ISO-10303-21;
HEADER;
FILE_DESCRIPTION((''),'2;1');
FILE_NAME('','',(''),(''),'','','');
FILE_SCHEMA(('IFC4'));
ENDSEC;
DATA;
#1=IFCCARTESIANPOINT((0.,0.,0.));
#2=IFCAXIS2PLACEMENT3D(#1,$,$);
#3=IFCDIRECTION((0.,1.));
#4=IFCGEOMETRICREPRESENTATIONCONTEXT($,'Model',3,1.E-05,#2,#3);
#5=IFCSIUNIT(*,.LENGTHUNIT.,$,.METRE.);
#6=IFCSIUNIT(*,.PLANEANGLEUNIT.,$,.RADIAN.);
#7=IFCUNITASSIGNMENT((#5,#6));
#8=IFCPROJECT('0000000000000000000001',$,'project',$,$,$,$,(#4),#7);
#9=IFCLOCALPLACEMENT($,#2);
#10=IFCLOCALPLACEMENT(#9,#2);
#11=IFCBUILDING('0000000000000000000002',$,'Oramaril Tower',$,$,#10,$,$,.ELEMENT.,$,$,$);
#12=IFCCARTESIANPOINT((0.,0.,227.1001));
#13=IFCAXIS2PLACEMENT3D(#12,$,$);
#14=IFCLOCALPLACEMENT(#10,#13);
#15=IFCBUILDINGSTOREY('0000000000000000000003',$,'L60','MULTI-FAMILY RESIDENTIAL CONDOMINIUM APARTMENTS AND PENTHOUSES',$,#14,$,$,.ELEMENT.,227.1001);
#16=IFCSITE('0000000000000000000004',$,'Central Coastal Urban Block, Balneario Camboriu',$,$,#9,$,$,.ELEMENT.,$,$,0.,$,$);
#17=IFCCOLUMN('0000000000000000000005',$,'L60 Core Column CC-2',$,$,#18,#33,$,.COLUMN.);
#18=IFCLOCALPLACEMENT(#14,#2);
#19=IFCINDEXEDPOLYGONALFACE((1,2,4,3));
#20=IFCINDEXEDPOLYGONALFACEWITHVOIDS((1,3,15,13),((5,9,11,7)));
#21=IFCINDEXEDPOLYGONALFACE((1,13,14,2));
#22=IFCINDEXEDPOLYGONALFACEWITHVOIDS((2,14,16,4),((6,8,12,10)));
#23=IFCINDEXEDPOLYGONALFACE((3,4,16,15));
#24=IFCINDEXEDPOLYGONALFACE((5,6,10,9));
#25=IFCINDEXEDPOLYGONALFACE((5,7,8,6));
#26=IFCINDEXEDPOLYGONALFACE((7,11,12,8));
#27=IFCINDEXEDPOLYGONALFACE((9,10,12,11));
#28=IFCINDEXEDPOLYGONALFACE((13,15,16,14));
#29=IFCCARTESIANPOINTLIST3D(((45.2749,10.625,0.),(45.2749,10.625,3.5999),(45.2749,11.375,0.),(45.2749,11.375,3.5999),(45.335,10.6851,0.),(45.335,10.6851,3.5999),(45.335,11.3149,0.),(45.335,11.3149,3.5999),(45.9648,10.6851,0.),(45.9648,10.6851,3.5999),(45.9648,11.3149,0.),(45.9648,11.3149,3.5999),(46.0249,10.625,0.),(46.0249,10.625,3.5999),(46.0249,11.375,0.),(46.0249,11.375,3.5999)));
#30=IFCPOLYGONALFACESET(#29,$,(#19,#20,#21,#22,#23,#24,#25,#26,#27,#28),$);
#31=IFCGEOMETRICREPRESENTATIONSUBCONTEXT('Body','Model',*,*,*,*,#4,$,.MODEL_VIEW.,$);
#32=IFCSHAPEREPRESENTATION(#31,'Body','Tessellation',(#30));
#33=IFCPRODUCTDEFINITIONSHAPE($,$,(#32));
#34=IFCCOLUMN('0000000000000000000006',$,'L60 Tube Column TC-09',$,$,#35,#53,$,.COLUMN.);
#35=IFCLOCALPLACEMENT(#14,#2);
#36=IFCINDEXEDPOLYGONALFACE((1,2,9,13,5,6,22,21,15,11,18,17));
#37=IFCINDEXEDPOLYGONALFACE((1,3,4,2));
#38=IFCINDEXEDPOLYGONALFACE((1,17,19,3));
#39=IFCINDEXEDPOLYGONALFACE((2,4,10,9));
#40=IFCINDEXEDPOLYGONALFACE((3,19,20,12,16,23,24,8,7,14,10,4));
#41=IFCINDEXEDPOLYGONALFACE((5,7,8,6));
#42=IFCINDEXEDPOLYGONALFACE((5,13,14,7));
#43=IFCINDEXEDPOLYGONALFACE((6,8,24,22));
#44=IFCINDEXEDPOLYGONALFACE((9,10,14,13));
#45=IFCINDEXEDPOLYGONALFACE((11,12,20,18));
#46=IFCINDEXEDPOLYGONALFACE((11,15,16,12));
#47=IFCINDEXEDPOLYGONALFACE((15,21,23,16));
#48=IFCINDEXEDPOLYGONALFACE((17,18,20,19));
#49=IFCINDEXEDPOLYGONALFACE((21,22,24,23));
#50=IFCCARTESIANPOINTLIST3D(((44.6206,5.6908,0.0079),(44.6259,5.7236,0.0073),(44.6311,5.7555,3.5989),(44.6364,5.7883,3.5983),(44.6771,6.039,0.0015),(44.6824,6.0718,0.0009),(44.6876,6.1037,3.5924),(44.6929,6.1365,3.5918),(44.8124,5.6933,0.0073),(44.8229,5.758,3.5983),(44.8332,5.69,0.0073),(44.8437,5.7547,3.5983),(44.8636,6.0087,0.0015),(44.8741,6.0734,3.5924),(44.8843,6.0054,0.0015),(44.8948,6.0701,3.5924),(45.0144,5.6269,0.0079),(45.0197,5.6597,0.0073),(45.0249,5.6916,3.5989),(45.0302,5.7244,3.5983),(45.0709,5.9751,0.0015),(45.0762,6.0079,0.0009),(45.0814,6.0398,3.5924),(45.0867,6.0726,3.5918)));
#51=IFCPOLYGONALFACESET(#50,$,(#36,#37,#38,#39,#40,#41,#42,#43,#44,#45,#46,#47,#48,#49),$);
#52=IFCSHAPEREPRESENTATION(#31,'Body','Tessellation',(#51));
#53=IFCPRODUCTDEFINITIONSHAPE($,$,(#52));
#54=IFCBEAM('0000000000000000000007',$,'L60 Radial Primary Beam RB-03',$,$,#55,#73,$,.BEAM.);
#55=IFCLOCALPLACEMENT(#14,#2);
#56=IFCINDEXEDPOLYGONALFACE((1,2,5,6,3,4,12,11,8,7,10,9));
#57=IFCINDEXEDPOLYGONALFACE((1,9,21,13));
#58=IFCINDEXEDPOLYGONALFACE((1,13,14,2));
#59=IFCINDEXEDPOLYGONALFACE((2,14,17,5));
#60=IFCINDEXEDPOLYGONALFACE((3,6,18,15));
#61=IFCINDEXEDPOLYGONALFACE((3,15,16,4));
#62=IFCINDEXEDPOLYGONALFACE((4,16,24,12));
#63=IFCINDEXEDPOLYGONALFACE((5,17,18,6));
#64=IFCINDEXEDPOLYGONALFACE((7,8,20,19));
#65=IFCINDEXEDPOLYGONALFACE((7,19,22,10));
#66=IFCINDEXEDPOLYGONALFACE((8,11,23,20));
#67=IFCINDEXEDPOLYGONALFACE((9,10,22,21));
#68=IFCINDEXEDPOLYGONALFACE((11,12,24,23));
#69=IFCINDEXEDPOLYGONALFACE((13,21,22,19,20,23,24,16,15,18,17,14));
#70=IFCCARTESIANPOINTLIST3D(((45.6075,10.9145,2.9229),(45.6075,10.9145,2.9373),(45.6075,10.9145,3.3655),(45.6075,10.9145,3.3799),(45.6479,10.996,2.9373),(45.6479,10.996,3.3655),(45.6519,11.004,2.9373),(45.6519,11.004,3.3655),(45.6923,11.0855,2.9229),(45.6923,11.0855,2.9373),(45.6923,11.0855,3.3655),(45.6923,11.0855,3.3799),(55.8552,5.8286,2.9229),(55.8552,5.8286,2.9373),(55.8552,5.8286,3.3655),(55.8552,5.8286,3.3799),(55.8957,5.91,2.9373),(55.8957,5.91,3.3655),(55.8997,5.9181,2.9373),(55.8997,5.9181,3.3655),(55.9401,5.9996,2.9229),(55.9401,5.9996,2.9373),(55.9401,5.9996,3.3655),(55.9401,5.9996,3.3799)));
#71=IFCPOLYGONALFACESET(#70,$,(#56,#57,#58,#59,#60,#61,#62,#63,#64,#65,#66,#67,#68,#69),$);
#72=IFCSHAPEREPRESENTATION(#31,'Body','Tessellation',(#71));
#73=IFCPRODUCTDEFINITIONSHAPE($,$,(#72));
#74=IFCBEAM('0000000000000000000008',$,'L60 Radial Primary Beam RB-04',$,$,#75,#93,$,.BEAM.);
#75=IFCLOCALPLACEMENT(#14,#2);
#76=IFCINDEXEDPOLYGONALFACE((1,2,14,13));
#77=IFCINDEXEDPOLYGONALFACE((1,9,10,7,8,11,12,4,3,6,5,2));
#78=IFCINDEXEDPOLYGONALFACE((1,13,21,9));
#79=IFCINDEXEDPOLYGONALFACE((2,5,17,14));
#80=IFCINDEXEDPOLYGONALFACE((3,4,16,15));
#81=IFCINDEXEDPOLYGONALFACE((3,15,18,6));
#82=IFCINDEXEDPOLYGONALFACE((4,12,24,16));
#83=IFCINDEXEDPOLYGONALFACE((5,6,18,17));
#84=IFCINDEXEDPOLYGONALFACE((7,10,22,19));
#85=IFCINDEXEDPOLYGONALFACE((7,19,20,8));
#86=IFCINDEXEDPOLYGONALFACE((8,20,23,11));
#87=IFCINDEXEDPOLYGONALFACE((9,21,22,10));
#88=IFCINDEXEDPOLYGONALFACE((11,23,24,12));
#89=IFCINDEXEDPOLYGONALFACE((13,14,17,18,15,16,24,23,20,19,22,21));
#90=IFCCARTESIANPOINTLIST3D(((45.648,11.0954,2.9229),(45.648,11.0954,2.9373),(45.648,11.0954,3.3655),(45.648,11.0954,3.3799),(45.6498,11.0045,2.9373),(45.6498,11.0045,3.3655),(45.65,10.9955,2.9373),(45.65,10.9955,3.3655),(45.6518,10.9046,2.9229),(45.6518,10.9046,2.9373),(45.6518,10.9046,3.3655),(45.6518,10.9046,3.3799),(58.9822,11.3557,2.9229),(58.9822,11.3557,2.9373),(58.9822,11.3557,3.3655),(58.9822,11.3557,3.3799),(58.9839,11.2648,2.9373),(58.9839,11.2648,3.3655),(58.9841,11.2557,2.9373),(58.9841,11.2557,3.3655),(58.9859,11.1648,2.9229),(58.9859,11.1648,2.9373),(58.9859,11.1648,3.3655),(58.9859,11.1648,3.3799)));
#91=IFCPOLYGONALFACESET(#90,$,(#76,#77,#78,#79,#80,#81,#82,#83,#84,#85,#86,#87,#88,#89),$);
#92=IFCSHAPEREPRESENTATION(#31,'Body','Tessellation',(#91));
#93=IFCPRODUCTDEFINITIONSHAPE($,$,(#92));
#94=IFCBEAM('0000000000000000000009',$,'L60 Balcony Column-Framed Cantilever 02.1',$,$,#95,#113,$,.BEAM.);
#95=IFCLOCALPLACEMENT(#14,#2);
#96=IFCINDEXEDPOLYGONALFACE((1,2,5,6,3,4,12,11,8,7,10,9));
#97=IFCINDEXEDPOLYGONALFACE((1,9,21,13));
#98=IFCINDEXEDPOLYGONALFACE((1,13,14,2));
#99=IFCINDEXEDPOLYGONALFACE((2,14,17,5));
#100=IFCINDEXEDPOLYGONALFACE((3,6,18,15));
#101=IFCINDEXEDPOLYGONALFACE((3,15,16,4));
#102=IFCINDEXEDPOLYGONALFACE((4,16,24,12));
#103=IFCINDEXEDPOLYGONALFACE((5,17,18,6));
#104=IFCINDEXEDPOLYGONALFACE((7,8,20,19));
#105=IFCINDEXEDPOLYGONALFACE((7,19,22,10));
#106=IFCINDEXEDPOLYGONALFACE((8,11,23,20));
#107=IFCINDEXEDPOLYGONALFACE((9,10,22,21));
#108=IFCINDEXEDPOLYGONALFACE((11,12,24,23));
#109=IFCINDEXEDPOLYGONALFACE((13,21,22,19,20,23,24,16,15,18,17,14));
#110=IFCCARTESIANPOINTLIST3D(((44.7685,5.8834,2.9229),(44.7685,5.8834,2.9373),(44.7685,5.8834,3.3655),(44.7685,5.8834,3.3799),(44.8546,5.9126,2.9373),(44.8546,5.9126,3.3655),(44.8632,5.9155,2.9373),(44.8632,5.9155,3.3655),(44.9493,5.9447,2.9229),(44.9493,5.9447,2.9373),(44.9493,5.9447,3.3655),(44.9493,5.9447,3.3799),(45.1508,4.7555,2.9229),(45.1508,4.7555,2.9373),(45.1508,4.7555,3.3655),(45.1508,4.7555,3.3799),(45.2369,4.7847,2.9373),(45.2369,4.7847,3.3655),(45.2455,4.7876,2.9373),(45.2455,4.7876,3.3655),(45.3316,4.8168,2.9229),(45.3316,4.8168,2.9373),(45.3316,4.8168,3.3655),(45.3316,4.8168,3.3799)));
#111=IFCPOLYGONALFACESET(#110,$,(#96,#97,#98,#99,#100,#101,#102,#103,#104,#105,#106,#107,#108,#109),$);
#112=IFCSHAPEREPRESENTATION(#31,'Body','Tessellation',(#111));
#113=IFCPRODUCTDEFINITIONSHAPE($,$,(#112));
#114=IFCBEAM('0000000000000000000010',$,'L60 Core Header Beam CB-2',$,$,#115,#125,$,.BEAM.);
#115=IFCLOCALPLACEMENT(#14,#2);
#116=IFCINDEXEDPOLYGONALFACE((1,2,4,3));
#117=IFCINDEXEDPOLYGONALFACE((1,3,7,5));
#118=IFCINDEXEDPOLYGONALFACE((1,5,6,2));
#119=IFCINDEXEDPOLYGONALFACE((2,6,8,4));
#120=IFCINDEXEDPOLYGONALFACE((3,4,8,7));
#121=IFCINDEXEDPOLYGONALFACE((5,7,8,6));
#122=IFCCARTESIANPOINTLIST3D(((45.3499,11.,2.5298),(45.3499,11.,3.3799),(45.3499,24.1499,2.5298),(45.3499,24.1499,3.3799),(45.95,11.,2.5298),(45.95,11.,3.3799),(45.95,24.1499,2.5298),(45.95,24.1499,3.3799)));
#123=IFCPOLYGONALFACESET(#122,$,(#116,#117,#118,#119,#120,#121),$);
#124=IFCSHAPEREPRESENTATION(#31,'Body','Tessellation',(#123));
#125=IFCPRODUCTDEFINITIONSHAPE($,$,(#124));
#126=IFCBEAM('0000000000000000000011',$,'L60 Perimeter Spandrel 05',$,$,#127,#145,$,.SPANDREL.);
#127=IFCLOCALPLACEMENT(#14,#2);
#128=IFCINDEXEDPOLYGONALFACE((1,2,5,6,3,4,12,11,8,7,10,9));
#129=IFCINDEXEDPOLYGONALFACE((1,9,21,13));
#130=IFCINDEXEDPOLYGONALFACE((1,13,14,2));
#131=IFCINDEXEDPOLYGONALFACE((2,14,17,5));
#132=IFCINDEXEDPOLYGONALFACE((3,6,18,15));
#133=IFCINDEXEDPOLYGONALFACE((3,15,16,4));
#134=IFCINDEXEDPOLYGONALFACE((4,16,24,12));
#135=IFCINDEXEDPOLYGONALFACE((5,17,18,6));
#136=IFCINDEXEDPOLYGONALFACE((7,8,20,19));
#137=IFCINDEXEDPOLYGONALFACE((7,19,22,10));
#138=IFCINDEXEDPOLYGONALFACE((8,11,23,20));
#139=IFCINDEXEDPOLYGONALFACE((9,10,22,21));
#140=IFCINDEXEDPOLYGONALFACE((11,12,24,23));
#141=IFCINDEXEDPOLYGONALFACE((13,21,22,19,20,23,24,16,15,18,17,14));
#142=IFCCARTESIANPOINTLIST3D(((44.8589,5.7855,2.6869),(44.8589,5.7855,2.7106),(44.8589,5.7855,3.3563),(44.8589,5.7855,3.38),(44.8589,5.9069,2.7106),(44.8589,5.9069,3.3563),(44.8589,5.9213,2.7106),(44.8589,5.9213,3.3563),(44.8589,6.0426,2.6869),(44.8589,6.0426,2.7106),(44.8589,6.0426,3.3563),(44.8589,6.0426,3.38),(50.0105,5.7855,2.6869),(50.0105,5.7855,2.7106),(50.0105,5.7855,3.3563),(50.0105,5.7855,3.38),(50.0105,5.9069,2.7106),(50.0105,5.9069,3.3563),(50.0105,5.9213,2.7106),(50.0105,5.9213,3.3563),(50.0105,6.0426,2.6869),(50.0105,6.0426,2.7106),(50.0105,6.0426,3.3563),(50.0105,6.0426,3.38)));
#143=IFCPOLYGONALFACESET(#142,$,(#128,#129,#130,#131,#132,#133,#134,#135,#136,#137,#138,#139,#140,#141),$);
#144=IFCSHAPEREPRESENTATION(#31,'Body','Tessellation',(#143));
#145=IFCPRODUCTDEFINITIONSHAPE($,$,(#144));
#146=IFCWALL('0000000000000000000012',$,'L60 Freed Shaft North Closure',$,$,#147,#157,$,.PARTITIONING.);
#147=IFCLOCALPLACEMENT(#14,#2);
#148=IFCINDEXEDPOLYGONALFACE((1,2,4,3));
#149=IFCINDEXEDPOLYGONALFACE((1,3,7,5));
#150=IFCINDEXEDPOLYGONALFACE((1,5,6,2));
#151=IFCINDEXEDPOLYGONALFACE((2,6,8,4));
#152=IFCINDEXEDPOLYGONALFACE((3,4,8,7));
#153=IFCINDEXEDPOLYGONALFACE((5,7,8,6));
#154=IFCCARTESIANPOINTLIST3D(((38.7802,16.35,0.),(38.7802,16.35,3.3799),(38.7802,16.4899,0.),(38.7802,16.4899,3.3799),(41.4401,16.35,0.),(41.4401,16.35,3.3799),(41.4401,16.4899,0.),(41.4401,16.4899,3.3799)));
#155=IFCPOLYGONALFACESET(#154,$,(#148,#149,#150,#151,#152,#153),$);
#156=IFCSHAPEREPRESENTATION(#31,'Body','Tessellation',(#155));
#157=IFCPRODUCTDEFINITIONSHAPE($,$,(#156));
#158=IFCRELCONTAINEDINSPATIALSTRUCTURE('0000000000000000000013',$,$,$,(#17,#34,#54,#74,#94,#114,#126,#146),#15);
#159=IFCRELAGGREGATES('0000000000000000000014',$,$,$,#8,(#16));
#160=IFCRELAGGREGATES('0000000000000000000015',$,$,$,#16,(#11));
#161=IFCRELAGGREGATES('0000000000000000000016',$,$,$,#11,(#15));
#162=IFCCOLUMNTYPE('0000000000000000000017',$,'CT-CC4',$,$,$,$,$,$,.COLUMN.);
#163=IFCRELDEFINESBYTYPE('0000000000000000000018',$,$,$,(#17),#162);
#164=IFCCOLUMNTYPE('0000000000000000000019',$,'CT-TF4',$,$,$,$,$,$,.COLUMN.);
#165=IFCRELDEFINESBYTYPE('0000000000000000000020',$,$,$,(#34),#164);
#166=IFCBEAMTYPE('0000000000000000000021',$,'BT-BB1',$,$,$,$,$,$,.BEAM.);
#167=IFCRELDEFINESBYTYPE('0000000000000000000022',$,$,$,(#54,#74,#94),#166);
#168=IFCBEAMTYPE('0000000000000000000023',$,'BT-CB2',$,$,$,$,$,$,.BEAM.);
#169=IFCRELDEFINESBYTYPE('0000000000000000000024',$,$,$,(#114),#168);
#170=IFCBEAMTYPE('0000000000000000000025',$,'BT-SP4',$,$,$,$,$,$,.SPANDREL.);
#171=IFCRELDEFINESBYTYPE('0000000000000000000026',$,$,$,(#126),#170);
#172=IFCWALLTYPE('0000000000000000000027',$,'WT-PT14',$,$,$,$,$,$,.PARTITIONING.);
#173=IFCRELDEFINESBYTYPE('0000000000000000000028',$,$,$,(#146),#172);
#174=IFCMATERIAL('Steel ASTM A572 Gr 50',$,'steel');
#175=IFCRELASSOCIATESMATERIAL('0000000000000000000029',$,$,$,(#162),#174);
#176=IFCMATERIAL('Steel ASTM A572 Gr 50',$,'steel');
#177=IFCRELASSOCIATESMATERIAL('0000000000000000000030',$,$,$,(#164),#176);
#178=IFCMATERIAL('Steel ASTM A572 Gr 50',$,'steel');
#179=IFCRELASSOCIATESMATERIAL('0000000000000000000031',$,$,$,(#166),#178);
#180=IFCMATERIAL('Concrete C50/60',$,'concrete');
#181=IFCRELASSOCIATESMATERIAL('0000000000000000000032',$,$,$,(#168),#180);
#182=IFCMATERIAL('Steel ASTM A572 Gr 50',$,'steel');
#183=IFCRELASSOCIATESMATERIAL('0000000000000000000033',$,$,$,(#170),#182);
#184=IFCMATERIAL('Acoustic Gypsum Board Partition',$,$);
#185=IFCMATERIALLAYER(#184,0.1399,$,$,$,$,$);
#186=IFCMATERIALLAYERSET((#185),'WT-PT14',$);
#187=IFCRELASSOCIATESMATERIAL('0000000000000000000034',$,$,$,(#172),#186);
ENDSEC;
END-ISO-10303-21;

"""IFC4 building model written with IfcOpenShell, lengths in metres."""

from ifc_helpers import new_model, si_unit, direction, frame, frame_2d, origin, origin_2d, place, context, subcontext, project, spatial, rectangle, hollow_rectangle, i_section, extrude, material, layer, layer_set, material_profile, profile_set, type_object, element, save


model = new_model("IFC4")

# Units and contexts
model_context = context("Model", 3, precision=1e-05, world=origin(), true_north=direction((0.0, 1.0)))
body_context = subcontext(model_context, "Body", "Model", "MODEL_VIEW")
ifc_project = project(units=[si_unit("LENGTHUNIT", "METRE"), si_unit("PLANEANGLEUNIT", "RADIAN")], contexts=[model_context])

# Site, building, storey
site_placement = place(None, origin())
site = spatial("IfcSite", under=ifc_project, at=site_placement, Name="Central Coastal Urban Block, Balneario Camboriu", CompositionType="ELEMENT", RefElevation=0.0)
building_placement = place(site_placement, origin())
building = spatial("IfcBuilding", under=site, at=building_placement, Name="Oramaril Tower", CompositionType="ELEMENT")
storey_placement = place(building_placement, frame((0.0, 0.0, 227.1001)))
storey = spatial("IfcBuildingStorey", under=building, at=storey_placement, Name="L60", Description="MULTI-FAMILY RESIDENTIAL CONDOMINIUM APARTMENTS AND PENTHOUSES", CompositionType="ELEMENT", Elevation=227.1001)

# Columns
ifc_material_1 = material(Name="Steel ASTM A572 Gr 50", Category="steel")
ifc_material_profile_1 = material_profile(ifc_material_1, hollow_rectangle(XDim=0.75, YDim=0.75, WallThickness=0.0601, at=origin_2d()), Name="BOX750X750X60")
ifc_profile_set_1 = profile_set([ifc_material_profile_1], Name="Steel ASTM A572 Gr 50")
column_type_1 = type_object("IfcColumnType", Name="CT-CC4", PredefinedType="COLUMN", material=ifc_profile_set_1)
column_1_placement = place(storey_placement, frame((45.6499, 11.0, 0.0), z_axis=(0.0, 0.0, 1.0), x_axis=(1.0, 0.0, 0.0)))
element("IfcColumn", 1, at=column_1_placement, inside=storey, type_object=column_type_1, Name="L60 Core Column CC-2", PredefinedType="COLUMN", context=body_context, shape_type="SweptSolid", body=[
    extrude(hollow_rectangle(XDim=0.75, YDim=0.75, WallThickness=0.0601, at=origin_2d()), origin(), (0.0, 0.0, 1.0), 3.5999),
])
ifc_material_2 = material(Name="Steel ASTM A572 Gr 50", Category="steel")
ifc_material_profile_2 = material_profile(ifc_material_2, i_section(OverallWidth=0.3989, OverallDepth=0.386, WebThickness=0.021, FlangeThickness=0.0332, at=origin_2d()), Name="W14X176")
ifc_profile_set_2 = profile_set([ifc_material_profile_2], Name="Steel ASTM A572 Gr 50")
column_type_2 = type_object("IfcColumnType", Name="CT-TF4", PredefinedType="COLUMN", material=ifc_profile_set_2)
column_2_placement = place(storey_placement, frame((44.8484, 5.8494, 0.0044), z_axis=(0.002923, 0.018013, 0.999833), x_axis=(-0.98709, 0.160169, 0.0)))
element("IfcColumn", 2, at=column_2_placement, inside=storey, type_object=column_type_2, Name="L60 Tube Column TC-09", PredefinedType="COLUMN", context=body_context, shape_type="SweptSolid", body=[
    extrude(i_section(OverallWidth=0.3989, OverallDepth=0.386, WebThickness=0.021, FlangeThickness=0.0332, at=origin_2d()), origin(), (0.0, 0.0, 1.0), 3.5916),
])

# Beams
ifc_material_3 = material(Name="Steel ASTM A572 Gr 50", Category="steel")
ifc_material_profile_3 = material_profile(ifc_material_3, i_section(OverallWidth=0.1909, OverallDepth=0.457, WebThickness=0.009, FlangeThickness=0.0144, at=origin_2d()), Name="W18X50")
ifc_profile_set_3 = profile_set([ifc_material_profile_3], Name="Steel ASTM A572 Gr 50")
beam_type_1 = type_object("IfcBeamType", Name="BT-BB1", PredefinedType="BEAM", material=ifc_profile_set_3)
beam_1_placement = place(storey_placement, frame((45.6499, 11.0, 3.1514), z_axis=(0.895751, -0.444557, 0.0), x_axis=(0.444557, 0.895751, 0.0)))
element("IfcBeam", 3, at=beam_1_placement, inside=storey, type_object=beam_type_1, Name="L60 Radial Primary Beam RB-03", PredefinedType="BEAM", context=body_context, shape_type="SweptSolid", body=[
    extrude(i_section(OverallWidth=0.1909, OverallDepth=0.457, WebThickness=0.009, FlangeThickness=0.0144, at=origin_2d()), origin(), (0.0, 0.0, 1.0), 11.4404),
])
beam_2_placement = place(storey_placement, frame((45.6499, 11.0, 3.1514), z_axis=(0.99981, 0.019514, 0.0), x_axis=(-0.019514, 0.99981, 0.0)))
element("IfcBeam", 4, at=beam_2_placement, inside=storey, type_object=beam_type_1, Name="L60 Radial Primary Beam RB-04", PredefinedType="BEAM", context=body_context, shape_type="SweptSolid", body=[
    extrude(i_section(OverallWidth=0.1909, OverallDepth=0.457, WebThickness=0.009, FlangeThickness=0.0144, at=origin_2d()), origin(), (0.0, 0.0, 1.0), 13.3367),
])
beam_3_placement = place(storey_placement, frame((44.8589, 5.9141, 3.1514), z_axis=(0.321021, -0.947072, 0.0), x_axis=(0.947072, 0.321021, 0.0)))
element("IfcBeam", 5, at=beam_3_placement, inside=storey, type_object=beam_type_1, Name="L60 Balcony Column-Framed Cantilever 02.1", PredefinedType="BEAM", context=body_context, shape_type="SweptSolid", body=[
    extrude(i_section(OverallWidth=0.1909, OverallDepth=0.457, WebThickness=0.009, FlangeThickness=0.0144, at=origin_2d()), origin(), (0.0, 0.0, 1.0), 1.1909),
])
ifc_material_4 = material(Name="Concrete C50/60", Category="concrete")
ifc_material_profile_4 = material_profile(ifc_material_4, rectangle(XDim=0.6001, YDim=0.8501, at=origin_2d()), Name="CB600X850")
ifc_profile_set_4 = profile_set([ifc_material_profile_4], Name="Concrete C50/60")
beam_type_2 = type_object("IfcBeamType", Name="BT-CB2", PredefinedType="BEAM", material=ifc_profile_set_4)
beam_4_placement = place(storey_placement, frame((45.6499, 11.0, 2.9548), z_axis=(0.0, 1.0, 0.0), x_axis=(-1.0, 0.0, 0.0)))
element("IfcBeam", 6, at=beam_4_placement, inside=storey, type_object=beam_type_2, Name="L60 Core Header Beam CB-2", PredefinedType="BEAM", context=body_context, shape_type="SweptSolid", body=[
    extrude(rectangle(XDim=0.6001, YDim=0.8501, at=origin_2d()), origin(), (0.0, 0.0, 1.0), 13.1499),
])
ifc_material_5 = material(Name="Steel ASTM A572 Gr 50", Category="steel")
ifc_material_profile_5 = material_profile(ifc_material_5, i_section(OverallWidth=0.2571, OverallDepth=0.6931, WebThickness=0.0144, FlangeThickness=0.0237, at=origin_2d()), Name="W27X114")
ifc_profile_set_5 = profile_set([ifc_material_profile_5], Name="Steel ASTM A572 Gr 50")
beam_type_3 = type_object("IfcBeamType", Name="BT-SP4", PredefinedType="SPANDREL", material=ifc_profile_set_5)
beam_5_placement = place(storey_placement, frame((44.8589, 5.9141, 3.0334), z_axis=(1.0, 0.0, 0.0), x_axis=(0.0, 1.0, 0.0)))
element("IfcBeam", 7, at=beam_5_placement, inside=storey, type_object=beam_type_3, Name="L60 Perimeter Spandrel 05", PredefinedType="SPANDREL", context=body_context, shape_type="SweptSolid", body=[
    extrude(i_section(OverallWidth=0.2571, OverallDepth=0.6931, WebThickness=0.0144, FlangeThickness=0.0237, at=origin_2d()), origin(), (0.0, 0.0, 1.0), 5.1516),
])

# Wall
ifc_material_6 = material(Name="Acoustic Gypsum Board Partition")
ifc_layer_1 = layer(ifc_material_6, 0.1399)
ifc_layer_set_1 = layer_set([ifc_layer_1], Name="WT-PT14")
wall_type_1 = type_object("IfcWallType", Name="WT-PT14", PredefinedType="PARTITIONING", material=ifc_layer_set_1)
wall_1_placement = place(storey_placement, frame((38.78, 16.4199, 0.0), z_axis=(0.0, 0.0, 1.0), x_axis=(1.0, 0.0, 0.0)))
element("IfcWall", 8, at=wall_1_placement, inside=storey, type_object=wall_type_1, Name="L60 Freed Shaft North Closure", PredefinedType="PARTITIONING", context=body_context, shape_type="SweptSolid", body=[
    extrude(rectangle(XDim=2.6599, YDim=0.1399, at=frame_2d((1.3301, 0.0))), origin(), (0.0, 0.0, 1.0), 3.3799),
])

save(model, "model.ifc")
